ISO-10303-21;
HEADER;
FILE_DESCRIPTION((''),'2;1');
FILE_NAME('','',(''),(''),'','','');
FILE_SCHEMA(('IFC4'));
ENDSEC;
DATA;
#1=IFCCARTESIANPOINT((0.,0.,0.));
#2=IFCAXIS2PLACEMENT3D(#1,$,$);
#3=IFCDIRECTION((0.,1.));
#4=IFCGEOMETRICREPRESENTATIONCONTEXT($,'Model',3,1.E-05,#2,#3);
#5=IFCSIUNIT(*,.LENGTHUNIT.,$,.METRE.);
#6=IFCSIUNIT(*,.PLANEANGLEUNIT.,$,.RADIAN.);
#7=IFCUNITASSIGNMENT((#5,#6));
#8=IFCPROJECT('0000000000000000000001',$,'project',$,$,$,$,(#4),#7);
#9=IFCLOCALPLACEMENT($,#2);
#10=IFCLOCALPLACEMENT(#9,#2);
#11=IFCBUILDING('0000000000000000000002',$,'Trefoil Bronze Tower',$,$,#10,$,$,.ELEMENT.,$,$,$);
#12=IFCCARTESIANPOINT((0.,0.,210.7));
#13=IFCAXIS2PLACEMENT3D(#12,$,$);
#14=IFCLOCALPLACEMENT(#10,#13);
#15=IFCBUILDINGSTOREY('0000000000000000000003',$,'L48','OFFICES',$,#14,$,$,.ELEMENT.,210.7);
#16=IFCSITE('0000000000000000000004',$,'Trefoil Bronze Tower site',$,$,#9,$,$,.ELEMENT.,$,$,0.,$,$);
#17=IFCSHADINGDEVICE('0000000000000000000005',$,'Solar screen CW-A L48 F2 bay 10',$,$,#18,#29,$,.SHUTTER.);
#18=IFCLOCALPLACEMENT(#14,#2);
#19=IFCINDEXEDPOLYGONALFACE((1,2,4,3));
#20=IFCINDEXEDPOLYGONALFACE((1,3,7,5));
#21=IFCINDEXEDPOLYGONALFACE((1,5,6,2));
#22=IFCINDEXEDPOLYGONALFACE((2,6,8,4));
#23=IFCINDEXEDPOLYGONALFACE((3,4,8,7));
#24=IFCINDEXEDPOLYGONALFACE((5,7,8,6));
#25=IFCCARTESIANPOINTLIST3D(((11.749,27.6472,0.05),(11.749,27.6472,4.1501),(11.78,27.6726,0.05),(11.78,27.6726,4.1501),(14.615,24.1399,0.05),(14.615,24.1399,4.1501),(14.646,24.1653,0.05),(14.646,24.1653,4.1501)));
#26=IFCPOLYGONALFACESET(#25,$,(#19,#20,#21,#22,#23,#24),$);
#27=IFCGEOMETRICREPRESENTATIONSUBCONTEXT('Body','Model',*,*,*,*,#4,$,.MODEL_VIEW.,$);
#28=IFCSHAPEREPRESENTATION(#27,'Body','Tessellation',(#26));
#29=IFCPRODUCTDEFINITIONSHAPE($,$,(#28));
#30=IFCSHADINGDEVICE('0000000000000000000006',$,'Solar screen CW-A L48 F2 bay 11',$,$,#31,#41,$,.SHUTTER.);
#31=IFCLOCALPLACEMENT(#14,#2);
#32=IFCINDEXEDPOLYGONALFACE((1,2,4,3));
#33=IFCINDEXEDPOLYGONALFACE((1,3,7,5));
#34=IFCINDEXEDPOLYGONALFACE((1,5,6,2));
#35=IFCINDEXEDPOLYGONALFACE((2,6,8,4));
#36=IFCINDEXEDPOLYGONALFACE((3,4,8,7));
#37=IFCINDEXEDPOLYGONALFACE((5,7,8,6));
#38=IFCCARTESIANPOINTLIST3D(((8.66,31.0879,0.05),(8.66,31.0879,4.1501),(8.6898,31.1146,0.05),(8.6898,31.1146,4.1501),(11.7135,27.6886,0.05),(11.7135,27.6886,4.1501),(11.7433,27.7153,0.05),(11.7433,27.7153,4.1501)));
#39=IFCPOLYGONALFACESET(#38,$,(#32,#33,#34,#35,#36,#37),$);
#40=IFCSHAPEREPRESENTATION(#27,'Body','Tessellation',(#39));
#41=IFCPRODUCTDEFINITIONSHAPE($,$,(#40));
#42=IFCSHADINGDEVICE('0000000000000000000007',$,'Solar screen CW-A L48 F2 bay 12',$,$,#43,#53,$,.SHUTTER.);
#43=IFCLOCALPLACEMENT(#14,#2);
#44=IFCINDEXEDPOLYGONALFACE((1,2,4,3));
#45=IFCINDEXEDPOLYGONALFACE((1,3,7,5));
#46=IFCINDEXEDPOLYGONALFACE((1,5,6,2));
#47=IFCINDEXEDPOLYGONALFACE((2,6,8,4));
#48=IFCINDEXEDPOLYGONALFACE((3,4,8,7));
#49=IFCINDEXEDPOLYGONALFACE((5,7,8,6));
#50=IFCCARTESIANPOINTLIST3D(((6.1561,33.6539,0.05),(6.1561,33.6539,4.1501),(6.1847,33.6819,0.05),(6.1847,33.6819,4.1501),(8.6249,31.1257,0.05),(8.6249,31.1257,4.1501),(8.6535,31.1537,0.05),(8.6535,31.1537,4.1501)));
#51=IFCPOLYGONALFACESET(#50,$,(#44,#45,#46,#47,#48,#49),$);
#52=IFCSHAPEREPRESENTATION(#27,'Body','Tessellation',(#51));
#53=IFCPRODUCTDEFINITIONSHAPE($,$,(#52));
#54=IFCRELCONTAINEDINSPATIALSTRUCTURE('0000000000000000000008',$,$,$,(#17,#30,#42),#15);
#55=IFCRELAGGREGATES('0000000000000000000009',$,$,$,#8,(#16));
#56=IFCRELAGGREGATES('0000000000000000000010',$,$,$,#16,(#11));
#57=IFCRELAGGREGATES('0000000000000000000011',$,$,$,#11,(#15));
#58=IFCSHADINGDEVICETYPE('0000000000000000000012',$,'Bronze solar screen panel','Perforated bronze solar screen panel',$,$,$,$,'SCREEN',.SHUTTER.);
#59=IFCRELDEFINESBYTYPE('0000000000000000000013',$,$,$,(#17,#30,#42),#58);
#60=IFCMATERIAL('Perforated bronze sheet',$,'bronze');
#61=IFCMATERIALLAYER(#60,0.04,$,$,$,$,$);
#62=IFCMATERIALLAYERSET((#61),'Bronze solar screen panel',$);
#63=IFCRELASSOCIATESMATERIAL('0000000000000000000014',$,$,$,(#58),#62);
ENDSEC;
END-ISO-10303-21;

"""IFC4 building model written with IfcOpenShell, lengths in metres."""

from ifc_helpers import new_model, si_unit, direction, frame, origin, origin_2d, place, context, subcontext, project, spatial, rectangle, extrude, material, layer, layer_set, type_object, element, save


model = new_model("IFC4")

# Units and contexts
model_context = context("Model", 3, precision=1e-05, world=origin(), true_north=direction((0.0, 1.0)))
body_context = subcontext(model_context, "Body", "Model", "MODEL_VIEW")
ifc_project = project(units=[si_unit("LENGTHUNIT", "METRE"), si_unit("PLANEANGLEUNIT", "RADIAN")], contexts=[model_context])

# Site, building, storey
site_placement = place(None, origin())
site = spatial("IfcSite", under=ifc_project, at=site_placement, Name="Trefoil Bronze Tower site", CompositionType="ELEMENT", RefElevation=0.0)
building_placement = place(site_placement, origin())
building = spatial("IfcBuilding", under=site, at=building_placement, Name="Trefoil Bronze Tower", CompositionType="ELEMENT")
storey_placement = place(building_placement, frame((0.0, 0.0, 210.7)))
storey = spatial("IfcBuildingStorey", under=building, at=storey_placement, Name="L48", Description="OFFICES", CompositionType="ELEMENT", Elevation=210.7)

# Shading devices
ifc_material_1 = material(Name="Perforated bronze sheet", Category="bronze")
ifc_layer_1 = layer(ifc_material_1, 0.04)
ifc_layer_set_1 = layer_set([ifc_layer_1], Name="Bronze solar screen panel")
shading_device_type = type_object("IfcShadingDeviceType", Name="Bronze solar screen panel", Description="Perforated bronze solar screen panel", ElementType="SCREEN", PredefinedType="SHUTTER", material=ifc_layer_set_1)
shading_device_1_placement = place(storey_placement, frame((13.1975, 25.9062, 0.05), z_axis=(0.0, 0.0, 1.0), x_axis=(-0.632753, 0.774354, 0.0)))
element("IfcShadingDevice", 1, at=shading_device_1_placement, inside=storey, type_object=shading_device_type, Name="Solar screen CW-A L48 F2 bay 10", PredefinedType="SHUTTER", context=body_context, shape_type="SweptSolid", body=[
    extrude(rectangle(XDim=4.5293, YDim=0.04, at=origin_2d()), origin(), (0.0, 0.0, 1.0), 4.1001),
])
shading_device_2_placement = place(storey_placement, frame((10.2017, 29.4016, 0.05), z_axis=(0.0, 0.0, 1.0), x_axis=(-0.668246, 0.743941, 0.0)))
element("IfcShadingDevice", 2, at=shading_device_2_placement, inside=storey, type_object=shading_device_type, Name="Solar screen CW-A L48 F2 bay 11", PredefinedType="SHUTTER", context=body_context, shape_type="SweptSolid", body=[
    extrude(rectangle(XDim=4.5693, YDim=0.04, at=origin_2d()), origin(), (0.0, 0.0, 1.0), 4.1001),
])
shading_device_3_placement = place(storey_placement, frame((7.4048, 32.4038, 0.05), z_axis=(0.0, 0.0, 1.0), x_axis=(-0.698652, 0.715462, 0.0)))
element("IfcShadingDevice", 3, at=shading_device_3_placement, inside=storey, type_object=shading_device_type, Name="Solar screen CW-A L48 F2 bay 12", PredefinedType="SHUTTER", context=body_context, shape_type="SweptSolid", body=[
    extrude(rectangle(XDim=3.5337, YDim=0.04, at=origin_2d()), origin(), (0.0, 0.0, 1.0), 4.1001),
])

save(model, "model.ifc")
